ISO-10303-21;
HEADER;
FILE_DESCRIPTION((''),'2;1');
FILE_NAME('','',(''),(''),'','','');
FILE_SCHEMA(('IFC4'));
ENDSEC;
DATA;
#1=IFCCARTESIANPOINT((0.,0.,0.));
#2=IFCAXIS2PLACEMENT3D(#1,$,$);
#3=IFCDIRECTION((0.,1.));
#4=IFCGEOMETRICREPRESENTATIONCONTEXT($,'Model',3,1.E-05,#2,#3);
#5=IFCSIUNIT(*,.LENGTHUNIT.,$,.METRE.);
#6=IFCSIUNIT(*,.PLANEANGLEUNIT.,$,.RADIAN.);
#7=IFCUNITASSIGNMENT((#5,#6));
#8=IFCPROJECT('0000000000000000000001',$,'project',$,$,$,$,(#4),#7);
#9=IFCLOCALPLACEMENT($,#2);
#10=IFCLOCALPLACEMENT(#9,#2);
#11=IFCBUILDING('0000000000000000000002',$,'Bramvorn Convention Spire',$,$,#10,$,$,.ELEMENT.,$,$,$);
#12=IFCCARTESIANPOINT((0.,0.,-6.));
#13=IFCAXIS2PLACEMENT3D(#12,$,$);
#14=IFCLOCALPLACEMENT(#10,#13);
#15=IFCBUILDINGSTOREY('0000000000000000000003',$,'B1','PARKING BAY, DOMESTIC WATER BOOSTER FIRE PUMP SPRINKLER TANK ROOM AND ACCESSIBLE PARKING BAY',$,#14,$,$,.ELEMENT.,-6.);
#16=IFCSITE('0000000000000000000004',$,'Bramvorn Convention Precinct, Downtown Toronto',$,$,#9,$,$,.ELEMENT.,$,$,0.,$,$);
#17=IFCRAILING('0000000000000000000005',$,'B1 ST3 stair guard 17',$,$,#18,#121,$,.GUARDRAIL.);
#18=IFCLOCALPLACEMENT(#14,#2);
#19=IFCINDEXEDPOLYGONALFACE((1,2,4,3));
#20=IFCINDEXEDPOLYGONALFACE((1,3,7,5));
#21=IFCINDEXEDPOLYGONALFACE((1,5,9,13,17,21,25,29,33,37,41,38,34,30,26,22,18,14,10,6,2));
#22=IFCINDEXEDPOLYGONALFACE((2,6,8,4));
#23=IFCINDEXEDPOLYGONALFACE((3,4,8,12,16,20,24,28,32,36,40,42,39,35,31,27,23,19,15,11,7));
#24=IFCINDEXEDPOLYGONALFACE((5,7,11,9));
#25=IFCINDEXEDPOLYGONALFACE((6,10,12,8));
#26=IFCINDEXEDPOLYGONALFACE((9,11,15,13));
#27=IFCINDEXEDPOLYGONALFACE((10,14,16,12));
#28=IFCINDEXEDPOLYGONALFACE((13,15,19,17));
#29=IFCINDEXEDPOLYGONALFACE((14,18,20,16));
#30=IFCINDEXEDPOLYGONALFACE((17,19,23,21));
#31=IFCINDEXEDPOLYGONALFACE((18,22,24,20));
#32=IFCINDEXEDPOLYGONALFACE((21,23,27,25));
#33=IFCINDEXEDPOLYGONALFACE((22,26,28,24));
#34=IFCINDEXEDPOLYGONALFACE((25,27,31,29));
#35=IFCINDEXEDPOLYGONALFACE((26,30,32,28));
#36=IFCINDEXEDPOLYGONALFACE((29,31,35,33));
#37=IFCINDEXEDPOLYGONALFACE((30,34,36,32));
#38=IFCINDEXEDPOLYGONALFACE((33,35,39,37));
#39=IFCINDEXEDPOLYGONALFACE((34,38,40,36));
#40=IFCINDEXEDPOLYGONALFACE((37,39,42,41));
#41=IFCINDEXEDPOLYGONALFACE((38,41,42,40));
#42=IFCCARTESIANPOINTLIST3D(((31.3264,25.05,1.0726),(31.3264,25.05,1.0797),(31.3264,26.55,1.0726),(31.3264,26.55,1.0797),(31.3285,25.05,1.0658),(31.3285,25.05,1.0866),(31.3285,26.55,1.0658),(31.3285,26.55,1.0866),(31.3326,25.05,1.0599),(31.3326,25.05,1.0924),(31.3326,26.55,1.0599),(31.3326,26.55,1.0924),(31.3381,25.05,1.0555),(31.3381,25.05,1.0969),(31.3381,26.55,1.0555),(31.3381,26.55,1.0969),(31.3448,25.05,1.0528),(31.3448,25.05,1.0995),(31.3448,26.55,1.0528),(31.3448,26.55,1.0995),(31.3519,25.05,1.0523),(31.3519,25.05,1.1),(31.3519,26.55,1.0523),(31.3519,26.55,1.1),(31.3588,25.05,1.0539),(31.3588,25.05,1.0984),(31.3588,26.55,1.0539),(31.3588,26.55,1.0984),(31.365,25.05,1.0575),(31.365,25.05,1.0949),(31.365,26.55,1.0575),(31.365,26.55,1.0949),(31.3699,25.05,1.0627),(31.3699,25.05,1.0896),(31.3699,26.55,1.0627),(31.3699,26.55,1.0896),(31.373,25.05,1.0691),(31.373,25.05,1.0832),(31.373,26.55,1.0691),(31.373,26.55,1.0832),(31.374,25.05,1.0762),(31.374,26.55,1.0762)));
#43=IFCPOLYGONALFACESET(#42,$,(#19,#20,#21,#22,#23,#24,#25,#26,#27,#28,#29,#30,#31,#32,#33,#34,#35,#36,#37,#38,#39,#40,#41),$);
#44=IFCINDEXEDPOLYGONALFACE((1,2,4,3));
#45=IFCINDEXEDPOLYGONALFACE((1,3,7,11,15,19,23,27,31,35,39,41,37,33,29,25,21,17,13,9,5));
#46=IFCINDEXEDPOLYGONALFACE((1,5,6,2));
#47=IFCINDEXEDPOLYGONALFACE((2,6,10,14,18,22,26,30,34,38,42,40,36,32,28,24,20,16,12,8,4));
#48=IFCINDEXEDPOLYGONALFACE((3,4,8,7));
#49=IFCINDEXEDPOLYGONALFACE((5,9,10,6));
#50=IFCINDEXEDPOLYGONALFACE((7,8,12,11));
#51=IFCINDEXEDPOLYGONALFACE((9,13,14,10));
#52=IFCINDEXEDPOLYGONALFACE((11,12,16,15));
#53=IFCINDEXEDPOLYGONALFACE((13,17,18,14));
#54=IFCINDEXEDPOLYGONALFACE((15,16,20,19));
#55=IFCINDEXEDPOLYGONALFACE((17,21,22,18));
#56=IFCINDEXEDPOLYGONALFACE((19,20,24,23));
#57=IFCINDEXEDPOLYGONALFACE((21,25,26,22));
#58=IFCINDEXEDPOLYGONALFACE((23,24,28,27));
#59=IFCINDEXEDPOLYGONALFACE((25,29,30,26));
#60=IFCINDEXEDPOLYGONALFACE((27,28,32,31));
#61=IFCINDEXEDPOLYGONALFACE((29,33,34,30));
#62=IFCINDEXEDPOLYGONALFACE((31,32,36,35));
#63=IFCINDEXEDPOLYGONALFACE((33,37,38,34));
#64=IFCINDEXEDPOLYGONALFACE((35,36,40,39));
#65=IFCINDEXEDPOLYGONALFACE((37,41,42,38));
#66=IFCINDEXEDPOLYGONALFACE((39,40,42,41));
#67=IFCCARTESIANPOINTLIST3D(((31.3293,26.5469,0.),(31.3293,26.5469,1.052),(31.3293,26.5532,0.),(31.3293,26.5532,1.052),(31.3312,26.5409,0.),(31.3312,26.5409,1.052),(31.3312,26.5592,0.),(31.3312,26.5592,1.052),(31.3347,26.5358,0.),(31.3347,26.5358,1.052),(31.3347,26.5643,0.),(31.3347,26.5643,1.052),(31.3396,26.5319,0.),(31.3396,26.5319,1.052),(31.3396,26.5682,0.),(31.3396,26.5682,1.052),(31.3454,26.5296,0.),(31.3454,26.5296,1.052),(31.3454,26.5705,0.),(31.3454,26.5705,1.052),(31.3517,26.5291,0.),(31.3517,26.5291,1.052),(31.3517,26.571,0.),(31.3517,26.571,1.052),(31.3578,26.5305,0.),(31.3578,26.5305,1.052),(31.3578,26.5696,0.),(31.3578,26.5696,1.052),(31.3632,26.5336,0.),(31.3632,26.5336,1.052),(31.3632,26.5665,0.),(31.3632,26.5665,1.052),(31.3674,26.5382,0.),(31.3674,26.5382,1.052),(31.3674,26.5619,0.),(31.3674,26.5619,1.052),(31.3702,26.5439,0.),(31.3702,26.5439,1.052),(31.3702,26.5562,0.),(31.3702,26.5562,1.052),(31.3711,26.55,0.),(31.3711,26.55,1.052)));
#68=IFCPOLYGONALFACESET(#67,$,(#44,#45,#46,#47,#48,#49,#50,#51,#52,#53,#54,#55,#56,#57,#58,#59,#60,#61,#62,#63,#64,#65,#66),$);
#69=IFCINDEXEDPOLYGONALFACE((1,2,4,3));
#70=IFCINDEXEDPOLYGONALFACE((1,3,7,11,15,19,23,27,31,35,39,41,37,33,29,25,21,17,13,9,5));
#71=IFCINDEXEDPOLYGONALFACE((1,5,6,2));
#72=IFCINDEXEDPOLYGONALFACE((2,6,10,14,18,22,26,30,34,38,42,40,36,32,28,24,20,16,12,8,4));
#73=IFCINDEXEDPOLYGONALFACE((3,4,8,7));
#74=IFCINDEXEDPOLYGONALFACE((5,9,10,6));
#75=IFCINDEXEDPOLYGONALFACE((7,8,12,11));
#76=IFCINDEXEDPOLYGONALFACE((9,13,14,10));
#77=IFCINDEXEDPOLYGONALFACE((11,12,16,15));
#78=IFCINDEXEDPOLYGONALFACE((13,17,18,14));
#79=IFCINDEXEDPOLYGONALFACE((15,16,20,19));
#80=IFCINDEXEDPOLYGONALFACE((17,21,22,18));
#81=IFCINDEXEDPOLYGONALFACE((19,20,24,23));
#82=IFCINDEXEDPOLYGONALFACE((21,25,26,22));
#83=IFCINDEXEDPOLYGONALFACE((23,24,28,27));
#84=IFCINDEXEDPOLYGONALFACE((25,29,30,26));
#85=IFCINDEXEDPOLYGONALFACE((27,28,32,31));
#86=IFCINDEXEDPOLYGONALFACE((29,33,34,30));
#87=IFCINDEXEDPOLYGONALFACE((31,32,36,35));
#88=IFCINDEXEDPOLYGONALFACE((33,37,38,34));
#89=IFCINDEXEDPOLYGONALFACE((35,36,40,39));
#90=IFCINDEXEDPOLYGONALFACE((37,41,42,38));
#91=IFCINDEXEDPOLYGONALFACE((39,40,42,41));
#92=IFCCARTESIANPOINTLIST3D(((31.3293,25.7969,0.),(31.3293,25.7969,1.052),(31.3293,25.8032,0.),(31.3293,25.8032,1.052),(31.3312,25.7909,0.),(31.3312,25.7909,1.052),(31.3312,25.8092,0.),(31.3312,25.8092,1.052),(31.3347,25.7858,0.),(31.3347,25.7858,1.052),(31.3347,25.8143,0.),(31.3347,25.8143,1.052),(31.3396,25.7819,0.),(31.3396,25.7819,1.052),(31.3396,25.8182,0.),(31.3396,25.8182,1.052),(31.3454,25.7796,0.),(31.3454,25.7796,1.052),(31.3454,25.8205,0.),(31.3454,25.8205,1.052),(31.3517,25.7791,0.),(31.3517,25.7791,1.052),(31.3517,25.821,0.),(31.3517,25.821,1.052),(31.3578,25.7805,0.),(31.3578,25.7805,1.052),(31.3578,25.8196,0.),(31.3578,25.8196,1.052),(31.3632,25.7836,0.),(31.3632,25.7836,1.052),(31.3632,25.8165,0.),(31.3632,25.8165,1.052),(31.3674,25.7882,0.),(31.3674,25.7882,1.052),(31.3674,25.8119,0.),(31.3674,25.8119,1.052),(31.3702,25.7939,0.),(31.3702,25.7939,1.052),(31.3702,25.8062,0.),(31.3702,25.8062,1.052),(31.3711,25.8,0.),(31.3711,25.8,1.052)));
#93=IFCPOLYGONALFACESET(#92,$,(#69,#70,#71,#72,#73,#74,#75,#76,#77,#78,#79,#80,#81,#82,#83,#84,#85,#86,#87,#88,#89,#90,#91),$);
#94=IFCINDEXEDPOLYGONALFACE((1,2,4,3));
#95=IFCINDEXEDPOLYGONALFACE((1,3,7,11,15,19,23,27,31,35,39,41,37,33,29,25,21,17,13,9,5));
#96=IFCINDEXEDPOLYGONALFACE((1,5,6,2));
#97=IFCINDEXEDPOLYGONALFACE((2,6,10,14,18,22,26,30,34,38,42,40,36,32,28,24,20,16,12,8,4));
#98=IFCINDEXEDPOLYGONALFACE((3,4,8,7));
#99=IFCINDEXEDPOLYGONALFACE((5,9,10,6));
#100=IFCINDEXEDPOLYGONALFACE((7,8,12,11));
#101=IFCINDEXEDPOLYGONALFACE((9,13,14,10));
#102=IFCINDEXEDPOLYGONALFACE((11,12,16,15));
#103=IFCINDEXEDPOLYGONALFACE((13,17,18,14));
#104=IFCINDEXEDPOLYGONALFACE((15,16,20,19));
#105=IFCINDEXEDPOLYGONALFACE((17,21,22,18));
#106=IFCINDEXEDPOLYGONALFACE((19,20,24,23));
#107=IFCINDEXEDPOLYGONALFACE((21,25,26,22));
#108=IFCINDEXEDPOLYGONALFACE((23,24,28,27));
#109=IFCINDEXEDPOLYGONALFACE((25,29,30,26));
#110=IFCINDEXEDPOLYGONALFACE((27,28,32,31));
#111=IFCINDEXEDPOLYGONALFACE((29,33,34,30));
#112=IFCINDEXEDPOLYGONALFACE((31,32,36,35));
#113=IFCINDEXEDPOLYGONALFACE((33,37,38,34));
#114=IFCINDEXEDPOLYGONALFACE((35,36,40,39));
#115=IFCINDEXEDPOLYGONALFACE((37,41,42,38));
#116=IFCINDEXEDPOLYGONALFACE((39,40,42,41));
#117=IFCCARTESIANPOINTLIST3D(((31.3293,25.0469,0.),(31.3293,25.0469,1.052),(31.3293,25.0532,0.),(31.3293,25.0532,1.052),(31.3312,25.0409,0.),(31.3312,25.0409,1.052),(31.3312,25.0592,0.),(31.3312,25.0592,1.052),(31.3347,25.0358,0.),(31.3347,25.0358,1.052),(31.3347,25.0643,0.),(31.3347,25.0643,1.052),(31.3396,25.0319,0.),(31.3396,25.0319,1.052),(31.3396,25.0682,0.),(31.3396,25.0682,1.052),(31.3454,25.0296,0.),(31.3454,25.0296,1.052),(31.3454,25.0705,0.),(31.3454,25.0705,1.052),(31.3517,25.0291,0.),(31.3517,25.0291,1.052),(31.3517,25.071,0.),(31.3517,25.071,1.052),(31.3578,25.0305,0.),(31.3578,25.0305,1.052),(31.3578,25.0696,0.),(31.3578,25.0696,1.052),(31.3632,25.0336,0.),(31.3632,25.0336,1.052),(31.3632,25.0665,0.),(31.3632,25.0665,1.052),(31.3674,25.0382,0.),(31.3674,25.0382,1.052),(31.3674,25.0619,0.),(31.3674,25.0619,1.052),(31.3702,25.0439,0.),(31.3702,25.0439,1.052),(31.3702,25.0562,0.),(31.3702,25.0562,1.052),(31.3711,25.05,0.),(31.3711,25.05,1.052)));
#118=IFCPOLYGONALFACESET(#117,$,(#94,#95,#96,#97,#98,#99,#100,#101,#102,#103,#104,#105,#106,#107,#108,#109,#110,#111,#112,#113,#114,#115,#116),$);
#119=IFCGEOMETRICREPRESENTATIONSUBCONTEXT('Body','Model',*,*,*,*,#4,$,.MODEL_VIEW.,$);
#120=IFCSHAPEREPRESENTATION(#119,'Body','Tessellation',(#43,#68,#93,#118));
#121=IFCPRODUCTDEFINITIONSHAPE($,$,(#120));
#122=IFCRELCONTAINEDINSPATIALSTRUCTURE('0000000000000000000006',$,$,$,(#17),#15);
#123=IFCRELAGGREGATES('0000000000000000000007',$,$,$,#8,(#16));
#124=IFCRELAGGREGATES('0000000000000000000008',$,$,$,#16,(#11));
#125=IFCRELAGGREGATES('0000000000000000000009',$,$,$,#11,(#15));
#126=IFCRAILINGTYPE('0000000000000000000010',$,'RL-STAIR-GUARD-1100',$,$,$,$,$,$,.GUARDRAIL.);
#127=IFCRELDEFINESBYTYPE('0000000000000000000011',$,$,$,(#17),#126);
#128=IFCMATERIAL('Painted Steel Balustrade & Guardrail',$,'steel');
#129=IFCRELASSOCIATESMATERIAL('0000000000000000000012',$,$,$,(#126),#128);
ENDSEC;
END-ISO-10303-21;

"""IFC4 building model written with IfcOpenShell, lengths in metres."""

from ifc_helpers import new_model, si_unit, direction, frame, origin, origin_2d, place, context, subcontext, project, spatial, circle, extrude, material, type_object, element, save


model = new_model("IFC4")

# Units and contexts
model_context = context("Model", 3, precision=1e-05, world=origin(), true_north=direction((0.0, 1.0)))
body_context = subcontext(model_context, "Body", "Model", "MODEL_VIEW")
ifc_project = project(units=[si_unit("LENGTHUNIT", "METRE"), si_unit("PLANEANGLEUNIT", "RADIAN")], contexts=[model_context])

# Site, building, storey
site_placement = place(None, origin())
site = spatial("IfcSite", under=ifc_project, at=site_placement, Name="Bramvorn Convention Precinct, Downtown Toronto", CompositionType="ELEMENT", RefElevation=0.0)
building_placement = place(site_placement, origin())
building = spatial("IfcBuilding", under=site, at=building_placement, Name="Bramvorn Convention Spire", CompositionType="ELEMENT")
storey_placement = place(building_placement, frame((0.0, 0.0, -6.0)))
storey = spatial("IfcBuildingStorey", under=building, at=storey_placement, Name="B1", Description="PARKING BAY, DOMESTIC WATER BOOSTER FIRE PUMP SPRINKLER TANK ROOM AND ACCESSIBLE PARKING BAY", CompositionType="ELEMENT", Elevation=-6.0)

# Railing
ifc_material_1 = material(Name="Painted Steel Balustrade & Guardrail", Category="steel")
railing_type = type_object("IfcRailingType", Name="RL-STAIR-GUARD-1100", PredefinedType="GUARDRAIL", material=ifc_material_1)
for number, where, name in (
    (1, (31.3501, 26.55, 0.0), "B1 ST3 stair guard 17"),
):
    element("IfcRailing", number, at=place(storey_placement, frame(where)), inside=storey, type_object=railing_type, Name=name, PredefinedType="GUARDRAIL", context=body_context, shape_type="SweptSolid", body=[
        extrude(circle(Radius=0.0239, at=origin_2d()), frame((0.0, 0.0, 1.0762), z_axis=(0.0, -1.0, 0.0), x_axis=(1.0, 0.0, 0.0)), (0.0, 0.0, 1.0), 1.5),
        extrude(circle(Radius=0.021, at=origin_2d()), origin(), (0.0, 0.0, 1.0), 1.052),
        extrude(circle(Radius=0.021, at=origin_2d()), frame((0.0, -0.75, 0.0)), (0.0, 0.0, 1.0), 1.052),
        extrude(circle(Radius=0.021, at=origin_2d()), frame((0.0, -1.5, 0.0)), (0.0, 0.0, 1.0), 1.052),
    ])

save(model, "model.ifc")
